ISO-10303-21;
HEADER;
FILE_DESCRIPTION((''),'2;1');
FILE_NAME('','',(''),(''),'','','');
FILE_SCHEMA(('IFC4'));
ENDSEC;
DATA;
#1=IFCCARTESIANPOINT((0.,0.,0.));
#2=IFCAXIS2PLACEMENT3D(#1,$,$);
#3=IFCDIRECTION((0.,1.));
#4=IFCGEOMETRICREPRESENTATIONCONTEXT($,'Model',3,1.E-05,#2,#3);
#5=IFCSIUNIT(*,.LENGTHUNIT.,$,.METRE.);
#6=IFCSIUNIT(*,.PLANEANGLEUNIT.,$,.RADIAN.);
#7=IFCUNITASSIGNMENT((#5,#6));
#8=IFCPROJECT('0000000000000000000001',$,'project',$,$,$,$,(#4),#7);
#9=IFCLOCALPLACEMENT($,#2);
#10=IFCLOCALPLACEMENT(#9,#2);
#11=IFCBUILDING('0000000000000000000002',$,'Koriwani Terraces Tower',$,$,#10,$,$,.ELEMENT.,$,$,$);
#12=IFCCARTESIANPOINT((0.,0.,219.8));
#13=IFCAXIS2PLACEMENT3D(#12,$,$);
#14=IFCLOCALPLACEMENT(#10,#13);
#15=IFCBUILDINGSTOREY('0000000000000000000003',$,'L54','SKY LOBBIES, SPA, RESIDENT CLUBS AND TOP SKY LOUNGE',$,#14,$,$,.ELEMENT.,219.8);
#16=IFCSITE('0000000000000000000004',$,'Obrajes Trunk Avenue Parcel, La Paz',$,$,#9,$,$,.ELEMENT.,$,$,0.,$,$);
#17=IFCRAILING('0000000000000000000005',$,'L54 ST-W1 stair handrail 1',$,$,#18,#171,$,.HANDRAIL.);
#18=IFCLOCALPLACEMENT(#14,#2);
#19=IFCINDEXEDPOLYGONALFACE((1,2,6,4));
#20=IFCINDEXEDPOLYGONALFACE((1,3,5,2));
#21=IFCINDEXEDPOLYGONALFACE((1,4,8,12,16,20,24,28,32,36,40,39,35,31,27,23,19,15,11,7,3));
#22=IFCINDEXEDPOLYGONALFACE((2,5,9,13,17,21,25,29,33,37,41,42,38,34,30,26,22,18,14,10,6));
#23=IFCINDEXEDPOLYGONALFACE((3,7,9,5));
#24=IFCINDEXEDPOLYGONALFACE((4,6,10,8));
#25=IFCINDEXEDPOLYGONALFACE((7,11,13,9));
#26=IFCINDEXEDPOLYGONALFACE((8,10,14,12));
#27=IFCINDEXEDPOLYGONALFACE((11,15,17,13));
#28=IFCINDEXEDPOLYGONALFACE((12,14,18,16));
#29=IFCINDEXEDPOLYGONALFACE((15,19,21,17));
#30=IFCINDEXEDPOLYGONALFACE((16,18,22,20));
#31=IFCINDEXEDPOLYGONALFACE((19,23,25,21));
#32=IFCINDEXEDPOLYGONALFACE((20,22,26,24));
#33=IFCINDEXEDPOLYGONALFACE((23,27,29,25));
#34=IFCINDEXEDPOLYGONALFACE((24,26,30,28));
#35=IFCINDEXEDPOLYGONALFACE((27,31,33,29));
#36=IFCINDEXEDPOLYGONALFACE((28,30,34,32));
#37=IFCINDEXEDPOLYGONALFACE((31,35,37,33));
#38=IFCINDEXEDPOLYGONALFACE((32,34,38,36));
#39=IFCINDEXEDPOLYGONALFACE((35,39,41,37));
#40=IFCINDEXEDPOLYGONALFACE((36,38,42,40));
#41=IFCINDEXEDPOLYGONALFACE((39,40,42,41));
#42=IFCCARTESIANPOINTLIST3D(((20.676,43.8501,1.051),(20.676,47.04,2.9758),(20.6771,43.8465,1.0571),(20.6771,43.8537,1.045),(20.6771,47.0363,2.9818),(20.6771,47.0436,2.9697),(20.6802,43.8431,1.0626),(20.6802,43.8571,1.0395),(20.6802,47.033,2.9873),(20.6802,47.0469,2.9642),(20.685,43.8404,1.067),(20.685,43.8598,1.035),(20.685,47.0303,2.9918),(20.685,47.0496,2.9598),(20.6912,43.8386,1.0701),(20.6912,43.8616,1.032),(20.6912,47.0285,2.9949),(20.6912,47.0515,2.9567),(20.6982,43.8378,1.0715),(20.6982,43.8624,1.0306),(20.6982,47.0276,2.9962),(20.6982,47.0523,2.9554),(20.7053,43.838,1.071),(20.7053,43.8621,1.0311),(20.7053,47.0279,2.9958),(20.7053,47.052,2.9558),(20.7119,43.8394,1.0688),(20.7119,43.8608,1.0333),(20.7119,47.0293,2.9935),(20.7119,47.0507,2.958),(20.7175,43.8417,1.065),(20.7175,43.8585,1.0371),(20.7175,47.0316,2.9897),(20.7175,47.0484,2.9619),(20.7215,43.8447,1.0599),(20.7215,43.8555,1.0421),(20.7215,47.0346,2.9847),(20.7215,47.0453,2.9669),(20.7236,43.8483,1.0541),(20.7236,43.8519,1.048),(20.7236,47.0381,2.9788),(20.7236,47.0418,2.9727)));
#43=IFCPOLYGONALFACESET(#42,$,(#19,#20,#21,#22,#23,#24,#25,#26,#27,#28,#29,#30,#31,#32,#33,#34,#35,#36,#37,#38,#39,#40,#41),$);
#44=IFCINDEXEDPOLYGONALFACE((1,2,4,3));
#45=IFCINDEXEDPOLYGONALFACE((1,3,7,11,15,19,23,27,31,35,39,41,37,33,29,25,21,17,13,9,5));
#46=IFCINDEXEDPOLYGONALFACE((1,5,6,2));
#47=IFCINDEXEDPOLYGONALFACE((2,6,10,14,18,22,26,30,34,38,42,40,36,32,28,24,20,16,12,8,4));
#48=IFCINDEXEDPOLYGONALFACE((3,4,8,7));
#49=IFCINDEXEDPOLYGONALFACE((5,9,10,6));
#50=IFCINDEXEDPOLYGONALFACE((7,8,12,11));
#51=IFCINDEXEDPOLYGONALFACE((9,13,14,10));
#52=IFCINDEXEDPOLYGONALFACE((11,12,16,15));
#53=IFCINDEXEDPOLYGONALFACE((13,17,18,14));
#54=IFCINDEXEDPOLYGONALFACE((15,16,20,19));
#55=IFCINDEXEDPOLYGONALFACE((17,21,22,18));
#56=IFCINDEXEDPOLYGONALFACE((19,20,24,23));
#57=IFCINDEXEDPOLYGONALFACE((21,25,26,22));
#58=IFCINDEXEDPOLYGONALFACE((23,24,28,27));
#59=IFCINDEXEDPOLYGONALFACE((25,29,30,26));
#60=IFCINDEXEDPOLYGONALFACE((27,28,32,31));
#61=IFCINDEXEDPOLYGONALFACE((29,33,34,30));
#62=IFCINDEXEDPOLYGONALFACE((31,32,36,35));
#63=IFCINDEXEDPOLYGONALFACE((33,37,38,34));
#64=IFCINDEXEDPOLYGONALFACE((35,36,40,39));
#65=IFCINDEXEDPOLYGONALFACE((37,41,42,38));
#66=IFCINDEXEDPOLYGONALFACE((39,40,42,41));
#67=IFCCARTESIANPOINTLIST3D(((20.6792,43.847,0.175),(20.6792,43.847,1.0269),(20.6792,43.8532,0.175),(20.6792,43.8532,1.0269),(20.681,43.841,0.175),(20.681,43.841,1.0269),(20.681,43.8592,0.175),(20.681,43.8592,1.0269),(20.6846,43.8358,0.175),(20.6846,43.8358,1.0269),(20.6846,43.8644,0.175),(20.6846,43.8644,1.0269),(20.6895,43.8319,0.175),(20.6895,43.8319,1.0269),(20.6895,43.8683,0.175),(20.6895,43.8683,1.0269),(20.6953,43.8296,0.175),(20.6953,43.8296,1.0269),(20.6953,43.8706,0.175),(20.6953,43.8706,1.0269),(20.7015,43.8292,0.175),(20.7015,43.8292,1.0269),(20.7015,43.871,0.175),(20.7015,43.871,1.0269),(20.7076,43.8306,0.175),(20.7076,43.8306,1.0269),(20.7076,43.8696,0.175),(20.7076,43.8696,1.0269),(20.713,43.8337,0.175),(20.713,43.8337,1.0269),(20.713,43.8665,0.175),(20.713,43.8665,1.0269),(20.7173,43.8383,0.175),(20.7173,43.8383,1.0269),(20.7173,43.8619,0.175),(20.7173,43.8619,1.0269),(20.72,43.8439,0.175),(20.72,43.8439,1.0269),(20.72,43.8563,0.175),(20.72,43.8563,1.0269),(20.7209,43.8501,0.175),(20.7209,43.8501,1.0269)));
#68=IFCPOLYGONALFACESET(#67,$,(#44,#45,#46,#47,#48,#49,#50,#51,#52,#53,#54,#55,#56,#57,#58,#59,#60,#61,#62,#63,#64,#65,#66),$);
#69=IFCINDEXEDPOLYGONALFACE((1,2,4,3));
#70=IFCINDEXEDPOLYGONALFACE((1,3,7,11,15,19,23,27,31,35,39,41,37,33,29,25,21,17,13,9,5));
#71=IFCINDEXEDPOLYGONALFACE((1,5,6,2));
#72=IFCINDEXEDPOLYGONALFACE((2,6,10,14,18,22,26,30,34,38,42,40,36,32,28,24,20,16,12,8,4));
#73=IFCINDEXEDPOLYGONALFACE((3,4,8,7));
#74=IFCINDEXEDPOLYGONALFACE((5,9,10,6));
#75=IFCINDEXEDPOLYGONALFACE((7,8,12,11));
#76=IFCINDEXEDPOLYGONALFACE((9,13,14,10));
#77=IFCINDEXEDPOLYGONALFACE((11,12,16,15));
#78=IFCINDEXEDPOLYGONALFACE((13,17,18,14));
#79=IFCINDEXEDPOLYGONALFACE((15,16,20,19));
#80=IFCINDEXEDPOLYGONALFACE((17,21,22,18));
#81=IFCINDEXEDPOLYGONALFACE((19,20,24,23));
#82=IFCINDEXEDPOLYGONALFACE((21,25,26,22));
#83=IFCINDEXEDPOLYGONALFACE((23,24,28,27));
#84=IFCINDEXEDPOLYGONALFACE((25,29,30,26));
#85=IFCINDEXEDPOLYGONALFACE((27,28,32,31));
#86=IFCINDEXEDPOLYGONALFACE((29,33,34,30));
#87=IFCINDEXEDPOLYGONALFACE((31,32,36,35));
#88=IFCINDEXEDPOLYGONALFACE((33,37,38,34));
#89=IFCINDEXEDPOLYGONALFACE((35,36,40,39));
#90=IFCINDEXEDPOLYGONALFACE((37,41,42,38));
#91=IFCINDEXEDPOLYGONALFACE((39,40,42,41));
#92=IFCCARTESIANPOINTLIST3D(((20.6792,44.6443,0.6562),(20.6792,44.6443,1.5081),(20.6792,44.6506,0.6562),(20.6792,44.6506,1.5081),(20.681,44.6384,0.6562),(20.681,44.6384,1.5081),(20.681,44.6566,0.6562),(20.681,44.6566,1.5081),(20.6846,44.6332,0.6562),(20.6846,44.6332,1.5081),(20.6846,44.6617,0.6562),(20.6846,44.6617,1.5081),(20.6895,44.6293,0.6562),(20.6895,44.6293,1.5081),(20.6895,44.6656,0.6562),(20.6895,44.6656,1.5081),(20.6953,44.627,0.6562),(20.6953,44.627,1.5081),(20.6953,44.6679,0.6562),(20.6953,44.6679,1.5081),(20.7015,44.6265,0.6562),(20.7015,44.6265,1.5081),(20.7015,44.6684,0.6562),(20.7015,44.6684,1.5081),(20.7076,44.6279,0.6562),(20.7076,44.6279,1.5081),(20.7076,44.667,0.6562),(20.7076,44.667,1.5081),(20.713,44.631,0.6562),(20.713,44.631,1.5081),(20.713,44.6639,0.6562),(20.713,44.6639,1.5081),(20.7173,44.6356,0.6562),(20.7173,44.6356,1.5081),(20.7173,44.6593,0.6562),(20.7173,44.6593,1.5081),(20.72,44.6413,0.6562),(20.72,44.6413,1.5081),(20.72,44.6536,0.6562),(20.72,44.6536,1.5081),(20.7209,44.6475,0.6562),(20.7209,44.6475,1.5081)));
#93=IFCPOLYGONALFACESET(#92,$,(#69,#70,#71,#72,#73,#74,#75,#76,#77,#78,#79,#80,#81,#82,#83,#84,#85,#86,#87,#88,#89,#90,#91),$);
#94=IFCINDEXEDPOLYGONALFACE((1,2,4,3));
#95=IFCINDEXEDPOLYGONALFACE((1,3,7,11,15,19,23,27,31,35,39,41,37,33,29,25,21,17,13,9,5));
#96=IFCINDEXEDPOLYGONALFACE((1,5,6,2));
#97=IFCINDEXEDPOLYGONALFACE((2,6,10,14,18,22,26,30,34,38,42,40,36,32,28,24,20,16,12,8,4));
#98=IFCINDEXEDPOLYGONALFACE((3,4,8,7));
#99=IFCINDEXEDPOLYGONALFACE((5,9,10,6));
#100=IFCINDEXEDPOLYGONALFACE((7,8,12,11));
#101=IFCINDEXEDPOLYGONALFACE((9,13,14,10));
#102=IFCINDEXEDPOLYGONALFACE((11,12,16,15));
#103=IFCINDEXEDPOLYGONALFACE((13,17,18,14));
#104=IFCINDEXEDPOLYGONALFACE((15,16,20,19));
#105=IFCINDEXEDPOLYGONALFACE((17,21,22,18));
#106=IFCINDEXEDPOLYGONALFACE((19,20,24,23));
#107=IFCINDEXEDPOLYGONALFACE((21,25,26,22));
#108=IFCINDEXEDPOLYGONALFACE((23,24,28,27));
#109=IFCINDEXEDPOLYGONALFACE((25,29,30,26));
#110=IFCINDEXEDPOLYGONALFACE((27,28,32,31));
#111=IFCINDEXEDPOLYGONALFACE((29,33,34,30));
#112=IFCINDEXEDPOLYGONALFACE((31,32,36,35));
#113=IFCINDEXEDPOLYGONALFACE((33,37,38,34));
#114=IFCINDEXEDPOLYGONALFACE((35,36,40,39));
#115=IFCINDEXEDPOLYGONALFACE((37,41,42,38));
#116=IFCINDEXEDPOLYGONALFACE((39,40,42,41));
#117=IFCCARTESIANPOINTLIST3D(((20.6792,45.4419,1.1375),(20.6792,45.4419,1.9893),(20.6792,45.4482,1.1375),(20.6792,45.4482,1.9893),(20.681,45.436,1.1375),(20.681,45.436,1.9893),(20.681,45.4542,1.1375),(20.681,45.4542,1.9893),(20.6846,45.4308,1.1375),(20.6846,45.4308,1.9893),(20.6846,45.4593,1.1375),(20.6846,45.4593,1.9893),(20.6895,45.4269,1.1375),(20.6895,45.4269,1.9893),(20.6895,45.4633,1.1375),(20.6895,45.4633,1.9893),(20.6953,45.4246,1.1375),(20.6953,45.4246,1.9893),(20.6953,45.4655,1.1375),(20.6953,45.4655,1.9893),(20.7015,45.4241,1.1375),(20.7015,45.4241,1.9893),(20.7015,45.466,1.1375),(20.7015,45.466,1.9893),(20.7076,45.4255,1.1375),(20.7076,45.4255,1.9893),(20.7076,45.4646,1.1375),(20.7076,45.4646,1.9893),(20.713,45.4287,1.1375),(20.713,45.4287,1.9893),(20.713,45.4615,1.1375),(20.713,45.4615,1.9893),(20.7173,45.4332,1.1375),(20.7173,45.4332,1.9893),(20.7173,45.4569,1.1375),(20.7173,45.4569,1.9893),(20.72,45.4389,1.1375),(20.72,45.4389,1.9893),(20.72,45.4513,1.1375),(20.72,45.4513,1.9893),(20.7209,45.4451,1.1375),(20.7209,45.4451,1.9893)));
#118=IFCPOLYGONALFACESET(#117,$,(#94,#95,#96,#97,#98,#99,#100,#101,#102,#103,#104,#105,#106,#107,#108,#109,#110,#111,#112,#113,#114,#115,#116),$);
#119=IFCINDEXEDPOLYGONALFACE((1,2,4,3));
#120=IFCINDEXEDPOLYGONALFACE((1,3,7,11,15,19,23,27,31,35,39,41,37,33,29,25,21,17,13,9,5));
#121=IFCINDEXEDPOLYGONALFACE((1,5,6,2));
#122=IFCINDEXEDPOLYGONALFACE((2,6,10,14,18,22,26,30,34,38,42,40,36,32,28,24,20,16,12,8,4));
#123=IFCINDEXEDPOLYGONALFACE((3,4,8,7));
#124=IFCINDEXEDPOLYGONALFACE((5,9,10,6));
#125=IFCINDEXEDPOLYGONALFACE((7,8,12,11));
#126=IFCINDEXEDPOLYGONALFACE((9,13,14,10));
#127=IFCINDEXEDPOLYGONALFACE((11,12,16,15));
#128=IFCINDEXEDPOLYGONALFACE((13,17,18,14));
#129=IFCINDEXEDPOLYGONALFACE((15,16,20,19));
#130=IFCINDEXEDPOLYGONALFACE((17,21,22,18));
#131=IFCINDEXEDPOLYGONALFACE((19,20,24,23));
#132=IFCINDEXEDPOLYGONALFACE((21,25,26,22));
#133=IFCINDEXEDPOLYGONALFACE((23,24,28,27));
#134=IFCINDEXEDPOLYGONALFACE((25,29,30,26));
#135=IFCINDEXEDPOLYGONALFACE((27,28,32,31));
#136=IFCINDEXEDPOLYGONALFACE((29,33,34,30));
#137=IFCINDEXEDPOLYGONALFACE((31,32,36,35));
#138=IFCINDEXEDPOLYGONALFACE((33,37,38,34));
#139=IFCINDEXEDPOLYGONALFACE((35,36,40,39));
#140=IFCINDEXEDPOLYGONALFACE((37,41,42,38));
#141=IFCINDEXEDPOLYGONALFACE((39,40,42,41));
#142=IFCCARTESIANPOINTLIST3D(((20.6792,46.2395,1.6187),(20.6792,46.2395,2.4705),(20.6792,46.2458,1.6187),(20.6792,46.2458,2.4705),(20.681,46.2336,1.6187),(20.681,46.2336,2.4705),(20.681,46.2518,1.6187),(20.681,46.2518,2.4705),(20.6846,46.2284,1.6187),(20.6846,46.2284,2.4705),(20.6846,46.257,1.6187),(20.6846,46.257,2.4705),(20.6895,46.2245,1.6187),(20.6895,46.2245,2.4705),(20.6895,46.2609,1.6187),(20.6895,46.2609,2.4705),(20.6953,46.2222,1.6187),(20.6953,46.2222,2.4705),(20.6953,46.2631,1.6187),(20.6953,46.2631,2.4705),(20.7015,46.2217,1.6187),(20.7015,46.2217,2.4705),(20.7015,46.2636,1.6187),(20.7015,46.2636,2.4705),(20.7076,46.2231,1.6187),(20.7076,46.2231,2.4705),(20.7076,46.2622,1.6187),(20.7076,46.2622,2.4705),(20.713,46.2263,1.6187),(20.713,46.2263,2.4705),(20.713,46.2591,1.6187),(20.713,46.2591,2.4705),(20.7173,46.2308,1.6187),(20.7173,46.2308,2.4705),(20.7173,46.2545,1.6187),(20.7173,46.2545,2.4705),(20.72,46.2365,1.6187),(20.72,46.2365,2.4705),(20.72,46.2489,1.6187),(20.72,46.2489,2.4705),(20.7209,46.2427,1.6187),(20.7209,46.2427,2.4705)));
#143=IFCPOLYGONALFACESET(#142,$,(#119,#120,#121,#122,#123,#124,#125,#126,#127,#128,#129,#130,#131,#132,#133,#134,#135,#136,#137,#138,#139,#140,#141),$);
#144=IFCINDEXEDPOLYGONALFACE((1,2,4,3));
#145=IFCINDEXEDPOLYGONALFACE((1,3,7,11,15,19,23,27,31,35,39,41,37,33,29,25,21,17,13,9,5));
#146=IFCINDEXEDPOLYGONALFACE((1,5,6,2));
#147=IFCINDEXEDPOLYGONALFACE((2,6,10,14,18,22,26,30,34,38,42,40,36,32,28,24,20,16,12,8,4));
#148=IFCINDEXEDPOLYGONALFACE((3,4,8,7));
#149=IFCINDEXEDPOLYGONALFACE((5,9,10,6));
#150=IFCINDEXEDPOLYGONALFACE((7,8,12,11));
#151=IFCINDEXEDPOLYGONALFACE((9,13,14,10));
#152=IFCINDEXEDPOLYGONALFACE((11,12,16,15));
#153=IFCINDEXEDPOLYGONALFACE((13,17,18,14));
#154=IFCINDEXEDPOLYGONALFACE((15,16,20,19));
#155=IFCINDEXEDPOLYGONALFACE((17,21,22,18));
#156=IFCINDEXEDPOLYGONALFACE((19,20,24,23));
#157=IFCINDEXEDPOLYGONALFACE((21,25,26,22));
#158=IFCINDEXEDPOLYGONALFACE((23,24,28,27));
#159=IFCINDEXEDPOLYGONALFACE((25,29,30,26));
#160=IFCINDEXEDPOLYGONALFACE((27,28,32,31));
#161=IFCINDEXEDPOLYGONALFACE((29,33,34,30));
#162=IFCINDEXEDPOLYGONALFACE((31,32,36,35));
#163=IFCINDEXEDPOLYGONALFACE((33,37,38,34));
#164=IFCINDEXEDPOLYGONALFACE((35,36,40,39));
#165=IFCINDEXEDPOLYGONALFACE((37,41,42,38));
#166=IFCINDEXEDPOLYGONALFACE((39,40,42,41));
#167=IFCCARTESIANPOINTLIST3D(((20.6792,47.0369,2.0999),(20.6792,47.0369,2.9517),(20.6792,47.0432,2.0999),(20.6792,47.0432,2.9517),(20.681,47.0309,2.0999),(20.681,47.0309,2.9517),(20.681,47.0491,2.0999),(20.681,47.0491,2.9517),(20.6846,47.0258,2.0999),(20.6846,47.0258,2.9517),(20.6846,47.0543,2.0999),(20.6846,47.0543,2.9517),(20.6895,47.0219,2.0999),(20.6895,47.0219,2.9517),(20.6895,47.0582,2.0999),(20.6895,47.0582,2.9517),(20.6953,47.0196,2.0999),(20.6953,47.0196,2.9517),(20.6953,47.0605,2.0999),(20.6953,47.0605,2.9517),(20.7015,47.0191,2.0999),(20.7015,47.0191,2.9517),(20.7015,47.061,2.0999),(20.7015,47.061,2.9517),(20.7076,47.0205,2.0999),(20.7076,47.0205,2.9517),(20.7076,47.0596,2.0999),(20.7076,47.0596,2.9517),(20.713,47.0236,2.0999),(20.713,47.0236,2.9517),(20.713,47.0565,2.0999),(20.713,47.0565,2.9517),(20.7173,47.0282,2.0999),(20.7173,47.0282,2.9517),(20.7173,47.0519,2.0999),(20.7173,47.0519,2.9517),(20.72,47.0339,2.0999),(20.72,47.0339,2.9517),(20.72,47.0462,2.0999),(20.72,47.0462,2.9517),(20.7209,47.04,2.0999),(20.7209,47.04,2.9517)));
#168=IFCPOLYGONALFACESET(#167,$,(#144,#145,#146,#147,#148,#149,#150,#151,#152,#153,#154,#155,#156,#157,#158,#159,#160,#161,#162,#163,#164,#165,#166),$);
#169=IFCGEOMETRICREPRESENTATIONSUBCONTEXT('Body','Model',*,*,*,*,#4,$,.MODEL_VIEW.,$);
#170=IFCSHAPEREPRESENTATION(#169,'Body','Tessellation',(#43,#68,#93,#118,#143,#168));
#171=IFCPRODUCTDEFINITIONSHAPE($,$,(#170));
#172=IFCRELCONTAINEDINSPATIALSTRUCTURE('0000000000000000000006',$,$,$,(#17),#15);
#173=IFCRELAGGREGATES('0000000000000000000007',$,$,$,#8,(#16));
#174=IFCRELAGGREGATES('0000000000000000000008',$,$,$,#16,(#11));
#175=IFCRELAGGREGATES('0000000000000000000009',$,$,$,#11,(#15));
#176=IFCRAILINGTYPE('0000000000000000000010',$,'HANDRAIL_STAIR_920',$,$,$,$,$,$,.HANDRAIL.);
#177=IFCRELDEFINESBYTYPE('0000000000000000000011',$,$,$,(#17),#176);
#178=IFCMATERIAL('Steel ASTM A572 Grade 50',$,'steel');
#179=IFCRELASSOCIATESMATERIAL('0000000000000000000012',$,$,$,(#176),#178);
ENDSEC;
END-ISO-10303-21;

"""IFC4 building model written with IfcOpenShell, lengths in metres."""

from ifc_helpers import new_model, si_unit, direction, frame, origin, origin_2d, place, context, subcontext, project, spatial, circle, extrude, material, type_object, element, save


model = new_model("IFC4")

# Units and contexts
model_context = context("Model", 3, precision=1e-05, world=origin(), true_north=direction((0.0, 1.0)))
body_context = subcontext(model_context, "Body", "Model", "MODEL_VIEW")
ifc_project = project(units=[si_unit("LENGTHUNIT", "METRE"), si_unit("PLANEANGLEUNIT", "RADIAN")], contexts=[model_context])

# Site, building, storey
site_placement = place(None, origin())
site = spatial("IfcSite", under=ifc_project, at=site_placement, Name="Obrajes Trunk Avenue Parcel, La Paz", CompositionType="ELEMENT", RefElevation=0.0)
building_placement = place(site_placement, origin())
building = spatial("IfcBuilding", under=site, at=building_placement, Name="Koriwani Terraces Tower", CompositionType="ELEMENT")
storey_placement = place(building_placement, frame((0.0, 0.0, 219.8)))
storey = spatial("IfcBuildingStorey", under=building, at=storey_placement, Name="L54", Description="SKY LOBBIES, SPA, RESIDENT CLUBS AND TOP SKY LOUNGE", CompositionType="ELEMENT", Elevation=219.8)

# Shared definitions
ifc_material_1 = material(Name="Steel ASTM A572 Grade 50", Category="steel")

# Railing
railing_type_1 = type_object("IfcRailingType", Name="HANDRAIL_STAIR_920", PredefinedType="HANDRAIL", material=ifc_material_1)
railing_1_placement = place(storey_placement, frame((20.7, 43.8501, 0.175)))
element("IfcRailing", 1, at=railing_1_placement, inside=storey, type_object=railing_type_1, Name="L54 ST-W1 stair handrail 1", PredefinedType="HANDRAIL", context=body_context, shape_type="SweptSolid", body=[
    extrude(circle(Radius=0.0239, at=origin_2d()), frame((0.0, 0.0, 0.876), z_axis=(0.0, 0.856207, 0.516633), x_axis=(-1.0, 0.0, 0.0)), (0.0, 0.0, 1.0), 3.7256),
    extrude(circle(Radius=0.021, at=origin_2d()), origin(), (0.0, 0.0, 1.0), 0.8518),
    extrude(circle(Radius=0.021, at=origin_2d()), frame((0.0, 0.7974, 0.4812)), (0.0, 0.0, 1.0), 0.8518),
    extrude(circle(Radius=0.021, at=origin_2d()), frame((0.0, 1.595, 0.9624)), (0.0, 0.0, 1.0), 0.8518),
    extrude(circle(Radius=0.021, at=origin_2d()), frame((0.0, 2.3926, 1.4436)), (0.0, 0.0, 1.0), 0.8518),
    extrude(circle(Radius=0.021, at=origin_2d()), frame((0.0, 3.1899, 1.9248)), (0.0, 0.0, 1.0), 0.8518),
])

save(model, "model.ifc")
